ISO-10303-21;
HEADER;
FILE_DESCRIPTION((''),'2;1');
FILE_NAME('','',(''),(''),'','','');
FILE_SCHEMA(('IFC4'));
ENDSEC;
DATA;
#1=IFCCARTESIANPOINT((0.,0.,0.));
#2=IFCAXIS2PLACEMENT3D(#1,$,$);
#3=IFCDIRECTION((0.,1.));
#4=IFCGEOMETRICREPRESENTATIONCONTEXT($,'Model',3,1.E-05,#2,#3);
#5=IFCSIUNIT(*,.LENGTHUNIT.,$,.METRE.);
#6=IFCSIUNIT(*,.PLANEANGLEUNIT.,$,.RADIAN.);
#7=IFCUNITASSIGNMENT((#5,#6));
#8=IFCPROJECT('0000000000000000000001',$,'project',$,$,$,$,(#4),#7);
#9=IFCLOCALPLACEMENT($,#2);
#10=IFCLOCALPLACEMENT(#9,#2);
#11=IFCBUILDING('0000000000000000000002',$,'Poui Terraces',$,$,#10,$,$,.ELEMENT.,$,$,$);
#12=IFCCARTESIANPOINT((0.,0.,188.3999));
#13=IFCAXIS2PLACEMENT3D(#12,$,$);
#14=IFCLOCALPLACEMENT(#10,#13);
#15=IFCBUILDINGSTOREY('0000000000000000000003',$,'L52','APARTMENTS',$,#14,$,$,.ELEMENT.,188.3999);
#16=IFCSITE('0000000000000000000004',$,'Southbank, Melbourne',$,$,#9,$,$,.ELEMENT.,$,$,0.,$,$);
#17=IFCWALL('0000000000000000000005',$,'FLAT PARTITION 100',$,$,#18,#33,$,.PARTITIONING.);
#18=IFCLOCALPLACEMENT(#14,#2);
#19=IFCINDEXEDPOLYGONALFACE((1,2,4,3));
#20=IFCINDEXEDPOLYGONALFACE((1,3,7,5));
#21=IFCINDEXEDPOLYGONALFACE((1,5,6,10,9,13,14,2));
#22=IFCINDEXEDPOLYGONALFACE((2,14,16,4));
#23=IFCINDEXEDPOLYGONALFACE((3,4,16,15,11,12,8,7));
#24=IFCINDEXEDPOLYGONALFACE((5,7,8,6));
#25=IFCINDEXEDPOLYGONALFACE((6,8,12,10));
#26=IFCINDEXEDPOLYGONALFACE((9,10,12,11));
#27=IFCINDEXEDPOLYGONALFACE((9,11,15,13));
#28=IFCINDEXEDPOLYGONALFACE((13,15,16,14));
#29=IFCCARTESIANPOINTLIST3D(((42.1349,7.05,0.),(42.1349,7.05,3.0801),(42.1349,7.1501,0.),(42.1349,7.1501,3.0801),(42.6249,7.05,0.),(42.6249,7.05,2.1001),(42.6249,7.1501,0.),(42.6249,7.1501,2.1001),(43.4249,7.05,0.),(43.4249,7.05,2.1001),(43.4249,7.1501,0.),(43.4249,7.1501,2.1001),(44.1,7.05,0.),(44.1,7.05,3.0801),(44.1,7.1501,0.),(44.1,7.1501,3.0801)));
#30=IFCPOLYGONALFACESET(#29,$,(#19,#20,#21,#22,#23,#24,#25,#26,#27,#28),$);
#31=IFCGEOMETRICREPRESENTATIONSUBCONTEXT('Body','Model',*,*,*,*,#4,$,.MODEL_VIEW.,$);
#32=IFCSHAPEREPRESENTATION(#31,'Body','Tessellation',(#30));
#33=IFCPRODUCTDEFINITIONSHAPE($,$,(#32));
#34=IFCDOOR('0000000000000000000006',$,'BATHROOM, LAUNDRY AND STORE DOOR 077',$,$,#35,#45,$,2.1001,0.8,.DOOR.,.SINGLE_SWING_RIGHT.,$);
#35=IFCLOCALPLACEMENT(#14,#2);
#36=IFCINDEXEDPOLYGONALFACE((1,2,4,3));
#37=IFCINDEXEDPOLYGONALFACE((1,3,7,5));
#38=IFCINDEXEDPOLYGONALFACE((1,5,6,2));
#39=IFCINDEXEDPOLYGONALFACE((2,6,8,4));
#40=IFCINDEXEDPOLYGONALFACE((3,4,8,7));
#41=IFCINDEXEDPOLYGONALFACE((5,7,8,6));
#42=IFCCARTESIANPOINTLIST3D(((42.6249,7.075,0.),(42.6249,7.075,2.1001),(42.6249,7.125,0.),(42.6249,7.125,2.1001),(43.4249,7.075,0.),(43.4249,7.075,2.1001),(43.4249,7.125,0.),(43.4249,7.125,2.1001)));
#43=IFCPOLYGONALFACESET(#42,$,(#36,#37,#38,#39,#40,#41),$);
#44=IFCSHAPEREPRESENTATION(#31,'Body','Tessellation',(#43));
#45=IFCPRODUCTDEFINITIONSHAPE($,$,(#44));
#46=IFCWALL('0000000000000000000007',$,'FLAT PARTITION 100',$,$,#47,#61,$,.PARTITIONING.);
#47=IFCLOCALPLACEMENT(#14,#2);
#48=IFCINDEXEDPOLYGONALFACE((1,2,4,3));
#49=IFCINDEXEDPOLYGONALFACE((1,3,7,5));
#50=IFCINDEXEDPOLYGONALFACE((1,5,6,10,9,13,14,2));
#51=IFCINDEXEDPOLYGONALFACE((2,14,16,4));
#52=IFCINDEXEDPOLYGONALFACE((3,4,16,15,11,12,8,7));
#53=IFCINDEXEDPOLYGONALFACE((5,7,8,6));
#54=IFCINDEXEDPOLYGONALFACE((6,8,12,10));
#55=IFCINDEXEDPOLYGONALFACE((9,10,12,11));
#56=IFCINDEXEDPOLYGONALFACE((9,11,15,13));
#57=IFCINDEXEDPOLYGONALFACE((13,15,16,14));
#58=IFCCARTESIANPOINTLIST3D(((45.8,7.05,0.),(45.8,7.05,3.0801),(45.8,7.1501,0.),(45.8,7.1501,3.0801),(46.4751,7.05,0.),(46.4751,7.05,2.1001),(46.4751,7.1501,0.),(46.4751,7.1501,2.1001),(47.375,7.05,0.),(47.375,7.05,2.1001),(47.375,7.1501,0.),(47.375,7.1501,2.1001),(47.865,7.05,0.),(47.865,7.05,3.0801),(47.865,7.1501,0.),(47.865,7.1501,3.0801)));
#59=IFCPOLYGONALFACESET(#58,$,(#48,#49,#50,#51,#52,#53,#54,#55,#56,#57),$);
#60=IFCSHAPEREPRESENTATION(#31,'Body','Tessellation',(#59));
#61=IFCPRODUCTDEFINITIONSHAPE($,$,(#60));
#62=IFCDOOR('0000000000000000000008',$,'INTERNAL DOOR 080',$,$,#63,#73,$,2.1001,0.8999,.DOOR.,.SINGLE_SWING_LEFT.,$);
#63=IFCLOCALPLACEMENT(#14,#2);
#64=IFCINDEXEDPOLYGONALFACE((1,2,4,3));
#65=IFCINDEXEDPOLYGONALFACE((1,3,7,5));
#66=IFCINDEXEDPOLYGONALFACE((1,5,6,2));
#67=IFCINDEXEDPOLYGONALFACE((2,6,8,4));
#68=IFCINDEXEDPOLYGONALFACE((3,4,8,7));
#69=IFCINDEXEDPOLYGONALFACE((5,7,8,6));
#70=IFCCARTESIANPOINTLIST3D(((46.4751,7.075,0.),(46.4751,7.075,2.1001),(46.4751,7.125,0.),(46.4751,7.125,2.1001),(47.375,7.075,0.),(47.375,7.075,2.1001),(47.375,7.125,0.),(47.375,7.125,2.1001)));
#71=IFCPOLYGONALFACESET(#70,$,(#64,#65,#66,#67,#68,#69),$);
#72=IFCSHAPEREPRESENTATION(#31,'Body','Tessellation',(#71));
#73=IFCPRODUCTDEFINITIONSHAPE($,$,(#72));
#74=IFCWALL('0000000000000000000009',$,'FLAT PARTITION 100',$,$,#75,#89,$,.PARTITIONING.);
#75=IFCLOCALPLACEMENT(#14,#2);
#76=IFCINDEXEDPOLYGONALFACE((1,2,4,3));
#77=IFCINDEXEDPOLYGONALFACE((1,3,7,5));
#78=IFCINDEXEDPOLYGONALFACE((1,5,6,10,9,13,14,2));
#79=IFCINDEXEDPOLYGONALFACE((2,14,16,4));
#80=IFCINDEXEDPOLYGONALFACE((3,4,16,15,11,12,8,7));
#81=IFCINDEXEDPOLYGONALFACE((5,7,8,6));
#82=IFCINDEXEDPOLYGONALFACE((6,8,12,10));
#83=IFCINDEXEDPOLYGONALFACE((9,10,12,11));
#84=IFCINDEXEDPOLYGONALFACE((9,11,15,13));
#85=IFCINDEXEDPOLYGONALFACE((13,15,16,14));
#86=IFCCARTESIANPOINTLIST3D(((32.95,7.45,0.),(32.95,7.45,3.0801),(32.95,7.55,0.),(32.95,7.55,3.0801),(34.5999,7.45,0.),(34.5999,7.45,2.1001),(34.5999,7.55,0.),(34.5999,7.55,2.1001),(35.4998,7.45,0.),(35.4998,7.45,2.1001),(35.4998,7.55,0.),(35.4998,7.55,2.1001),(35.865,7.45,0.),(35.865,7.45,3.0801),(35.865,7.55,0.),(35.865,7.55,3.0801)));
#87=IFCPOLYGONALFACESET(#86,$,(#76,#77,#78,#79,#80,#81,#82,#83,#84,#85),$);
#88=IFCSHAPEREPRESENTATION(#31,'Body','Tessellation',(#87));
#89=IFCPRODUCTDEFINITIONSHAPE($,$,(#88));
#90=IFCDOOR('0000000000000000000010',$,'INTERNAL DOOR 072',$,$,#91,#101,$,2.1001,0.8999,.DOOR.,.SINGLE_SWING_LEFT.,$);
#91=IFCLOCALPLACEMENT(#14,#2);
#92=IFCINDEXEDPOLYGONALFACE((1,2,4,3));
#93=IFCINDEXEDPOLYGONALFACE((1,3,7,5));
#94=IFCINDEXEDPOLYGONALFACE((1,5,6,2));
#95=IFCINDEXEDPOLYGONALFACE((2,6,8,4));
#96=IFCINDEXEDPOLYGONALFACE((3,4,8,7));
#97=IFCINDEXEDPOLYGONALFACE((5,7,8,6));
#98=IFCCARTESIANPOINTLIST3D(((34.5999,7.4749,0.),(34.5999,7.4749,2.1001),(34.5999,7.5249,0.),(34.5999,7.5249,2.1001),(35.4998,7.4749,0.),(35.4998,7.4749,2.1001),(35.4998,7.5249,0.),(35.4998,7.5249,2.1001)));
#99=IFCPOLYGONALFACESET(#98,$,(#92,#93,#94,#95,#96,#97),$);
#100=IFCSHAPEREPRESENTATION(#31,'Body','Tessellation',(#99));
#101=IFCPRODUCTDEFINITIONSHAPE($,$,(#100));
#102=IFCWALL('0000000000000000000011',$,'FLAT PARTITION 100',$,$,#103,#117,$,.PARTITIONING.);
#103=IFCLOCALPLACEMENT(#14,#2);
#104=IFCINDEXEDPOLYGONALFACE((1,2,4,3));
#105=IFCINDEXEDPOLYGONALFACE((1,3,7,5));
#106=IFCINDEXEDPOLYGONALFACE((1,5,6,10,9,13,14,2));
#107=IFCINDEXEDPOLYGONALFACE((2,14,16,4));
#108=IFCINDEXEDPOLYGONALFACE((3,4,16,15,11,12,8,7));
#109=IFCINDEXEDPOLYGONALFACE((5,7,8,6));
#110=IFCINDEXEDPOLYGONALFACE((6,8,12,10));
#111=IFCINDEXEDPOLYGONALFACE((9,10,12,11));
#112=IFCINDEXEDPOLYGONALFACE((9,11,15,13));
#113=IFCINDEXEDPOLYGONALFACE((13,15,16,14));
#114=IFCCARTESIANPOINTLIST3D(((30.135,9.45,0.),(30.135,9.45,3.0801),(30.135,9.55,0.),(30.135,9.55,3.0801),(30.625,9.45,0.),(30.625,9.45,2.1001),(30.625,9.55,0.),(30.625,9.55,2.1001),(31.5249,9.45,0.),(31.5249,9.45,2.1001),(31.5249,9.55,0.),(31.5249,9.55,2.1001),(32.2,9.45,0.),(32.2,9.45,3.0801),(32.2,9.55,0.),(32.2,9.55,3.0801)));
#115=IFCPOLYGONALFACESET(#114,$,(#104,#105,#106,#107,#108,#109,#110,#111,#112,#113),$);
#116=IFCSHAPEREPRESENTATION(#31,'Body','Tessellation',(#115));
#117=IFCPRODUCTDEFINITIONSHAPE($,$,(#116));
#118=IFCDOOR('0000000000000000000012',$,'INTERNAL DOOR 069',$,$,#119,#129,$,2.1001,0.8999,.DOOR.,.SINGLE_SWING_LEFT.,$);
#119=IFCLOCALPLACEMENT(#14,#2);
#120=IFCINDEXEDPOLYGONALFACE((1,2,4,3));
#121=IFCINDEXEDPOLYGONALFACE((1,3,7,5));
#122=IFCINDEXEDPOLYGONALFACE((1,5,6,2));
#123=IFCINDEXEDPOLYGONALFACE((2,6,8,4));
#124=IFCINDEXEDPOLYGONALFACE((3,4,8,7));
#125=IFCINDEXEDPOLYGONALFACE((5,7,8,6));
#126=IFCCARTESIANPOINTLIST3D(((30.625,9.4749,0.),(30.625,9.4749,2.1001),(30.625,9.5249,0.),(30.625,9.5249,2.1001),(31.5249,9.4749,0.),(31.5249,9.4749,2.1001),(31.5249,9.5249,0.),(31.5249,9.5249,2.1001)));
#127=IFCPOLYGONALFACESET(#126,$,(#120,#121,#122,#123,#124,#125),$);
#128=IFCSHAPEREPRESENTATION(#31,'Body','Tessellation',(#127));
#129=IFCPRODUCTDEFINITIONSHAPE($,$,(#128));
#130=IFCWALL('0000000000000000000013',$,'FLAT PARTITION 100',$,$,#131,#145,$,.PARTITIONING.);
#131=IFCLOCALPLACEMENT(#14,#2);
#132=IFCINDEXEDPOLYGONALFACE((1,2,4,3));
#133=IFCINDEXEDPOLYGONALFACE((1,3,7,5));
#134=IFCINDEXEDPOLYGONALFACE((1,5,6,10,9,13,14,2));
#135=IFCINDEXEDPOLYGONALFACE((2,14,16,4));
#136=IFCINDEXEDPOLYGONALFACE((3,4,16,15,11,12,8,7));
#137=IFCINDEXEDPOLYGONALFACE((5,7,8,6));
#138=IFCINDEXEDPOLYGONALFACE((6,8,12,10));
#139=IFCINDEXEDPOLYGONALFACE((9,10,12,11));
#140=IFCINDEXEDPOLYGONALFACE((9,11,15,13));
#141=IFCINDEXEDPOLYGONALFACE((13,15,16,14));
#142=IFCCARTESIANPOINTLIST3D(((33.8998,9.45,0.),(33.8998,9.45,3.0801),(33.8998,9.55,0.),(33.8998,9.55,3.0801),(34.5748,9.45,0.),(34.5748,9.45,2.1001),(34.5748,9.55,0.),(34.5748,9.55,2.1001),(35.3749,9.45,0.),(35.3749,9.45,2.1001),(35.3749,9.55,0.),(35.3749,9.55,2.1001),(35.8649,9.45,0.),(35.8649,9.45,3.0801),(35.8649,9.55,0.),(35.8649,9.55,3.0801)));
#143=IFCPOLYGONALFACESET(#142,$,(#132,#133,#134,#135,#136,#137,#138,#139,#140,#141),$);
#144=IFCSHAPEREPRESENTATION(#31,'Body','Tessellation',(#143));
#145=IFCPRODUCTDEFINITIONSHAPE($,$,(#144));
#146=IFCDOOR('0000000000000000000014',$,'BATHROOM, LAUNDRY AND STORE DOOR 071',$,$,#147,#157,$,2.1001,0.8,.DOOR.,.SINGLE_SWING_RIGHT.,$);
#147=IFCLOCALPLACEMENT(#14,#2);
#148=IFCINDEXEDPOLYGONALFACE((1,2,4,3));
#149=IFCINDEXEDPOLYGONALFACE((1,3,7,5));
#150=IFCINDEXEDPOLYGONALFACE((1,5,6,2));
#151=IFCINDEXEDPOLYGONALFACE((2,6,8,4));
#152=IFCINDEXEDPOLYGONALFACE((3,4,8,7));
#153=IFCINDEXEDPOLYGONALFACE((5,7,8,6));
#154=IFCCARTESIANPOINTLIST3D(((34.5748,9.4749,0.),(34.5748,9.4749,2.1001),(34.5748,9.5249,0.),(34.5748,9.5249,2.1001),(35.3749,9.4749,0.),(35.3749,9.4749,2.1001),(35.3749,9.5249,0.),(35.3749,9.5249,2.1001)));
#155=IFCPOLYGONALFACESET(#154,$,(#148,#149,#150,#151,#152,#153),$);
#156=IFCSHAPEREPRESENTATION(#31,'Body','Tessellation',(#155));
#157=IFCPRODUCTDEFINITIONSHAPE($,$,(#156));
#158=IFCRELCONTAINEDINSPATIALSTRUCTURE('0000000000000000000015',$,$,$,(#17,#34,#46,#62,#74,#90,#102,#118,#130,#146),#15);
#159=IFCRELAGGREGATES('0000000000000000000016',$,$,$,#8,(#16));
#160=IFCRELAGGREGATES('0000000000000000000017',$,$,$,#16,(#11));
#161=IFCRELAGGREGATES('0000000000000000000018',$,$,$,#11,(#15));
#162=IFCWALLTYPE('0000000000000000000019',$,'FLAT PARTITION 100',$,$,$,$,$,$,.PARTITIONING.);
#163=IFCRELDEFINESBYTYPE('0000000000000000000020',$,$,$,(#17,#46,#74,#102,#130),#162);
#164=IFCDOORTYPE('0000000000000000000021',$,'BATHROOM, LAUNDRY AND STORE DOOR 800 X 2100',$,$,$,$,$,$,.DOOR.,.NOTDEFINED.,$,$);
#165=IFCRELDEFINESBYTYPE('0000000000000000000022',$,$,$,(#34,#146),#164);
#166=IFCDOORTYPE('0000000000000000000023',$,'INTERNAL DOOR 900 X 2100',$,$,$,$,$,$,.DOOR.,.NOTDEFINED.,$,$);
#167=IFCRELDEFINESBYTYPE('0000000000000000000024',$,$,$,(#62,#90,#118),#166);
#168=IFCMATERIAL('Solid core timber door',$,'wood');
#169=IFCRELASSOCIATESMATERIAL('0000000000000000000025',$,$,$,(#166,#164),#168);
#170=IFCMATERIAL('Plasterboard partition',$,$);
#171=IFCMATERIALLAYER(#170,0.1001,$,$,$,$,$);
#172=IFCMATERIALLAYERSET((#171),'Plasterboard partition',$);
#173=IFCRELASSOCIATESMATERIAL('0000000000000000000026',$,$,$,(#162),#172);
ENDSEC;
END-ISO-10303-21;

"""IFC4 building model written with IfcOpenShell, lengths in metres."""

from ifc_helpers import new_model, si_unit, direction, frame, frame_2d, origin, place, context, subcontext, project, spatial, rectangle, extrude, material, layer, layer_set, type_object, element, fill, save


model = new_model("IFC4")

# Units and contexts
model_context = context("Model", 3, precision=1e-05, world=origin(), true_north=direction((0.0, 1.0)))
body_context = subcontext(model_context, "Body", "Model", "MODEL_VIEW")
ifc_project = project(units=[si_unit("LENGTHUNIT", "METRE"), si_unit("PLANEANGLEUNIT", "RADIAN")], contexts=[model_context])

# Site, building, storey
site_placement = place(None, origin())
site = spatial("IfcSite", under=ifc_project, at=site_placement, Name="Southbank, Melbourne", CompositionType="ELEMENT", RefElevation=0.0)
building_placement = place(site_placement, origin())
building = spatial("IfcBuilding", under=site, at=building_placement, Name="Poui Terraces", CompositionType="ELEMENT")
storey_placement = place(building_placement, frame((0.0, 0.0, 188.3999)))
storey = spatial("IfcBuildingStorey", under=building, at=storey_placement, Name="L52", Description="APARTMENTS", CompositionType="ELEMENT", Elevation=188.3999)

# Walls, openings, doors
ifc_material_1 = material(Name="Solid core timber door", Category="wood")
door_type_1 = type_object("IfcDoorType", Name="INTERNAL DOOR 900 X 2100", OperationType="NOTDEFINED", PredefinedType="DOOR", material=ifc_material_1)
ifc_material_2 = material(Name="Plasterboard partition")
ifc_layer_1 = layer(ifc_material_2, 0.1001)
ifc_layer_set_1 = layer_set([ifc_layer_1], Name="Plasterboard partition")
wall_type_1 = type_object("IfcWallType", Name="FLAT PARTITION 100", PredefinedType="PARTITIONING", material=ifc_layer_set_1)
door_type_2 = type_object("IfcDoorType", Name="BATHROOM, LAUNDRY AND STORE DOOR 800 X 2100", OperationType="NOTDEFINED", PredefinedType="DOOR", material=ifc_material_1)
wall_1_placement = place(storey_placement, frame((42.135, 7.1001, 0.0), z_axis=(0.0, 0.0, 1.0), x_axis=(1.0, 0.0, 0.0)))
wall_1 = element("IfcWall", 1, at=wall_1_placement, inside=storey, type_object=wall_type_1, Name="FLAT PARTITION 100", PredefinedType="PARTITIONING", context=body_context, shape_type="SweptSolid", body=[
    extrude(rectangle(XDim=1.9651, YDim=0.1001, at=frame_2d((0.9824, 0.0))), origin(), (0.0, 0.0, 1.0), 3.0801),
])
opening_1_placement = place(wall_1_placement, frame((0.49, 0.0, 0.0)))
opening_1 = element("IfcOpeningElement", 2, at=opening_1_placement, cuts=wall_1, PredefinedType="OPENING", context=body_context, shape_type="SweptSolid", body=[
    extrude(rectangle(XDim=0.8, YDim=2.1001, at=frame_2d((0.3999, 1.05))), frame((0.0, 0.0601, 0.0), z_axis=(0.0, -1.0, 0.0), x_axis=(1.0, 0.0, 0.0)), (0.0, 0.0, 1.0), 0.1201),
])
door_1_placement = place(opening_1_placement, origin())
door_1 = element("IfcDoor", 3, at=door_1_placement, inside=storey, type_object=door_type_2, Name="BATHROOM, LAUNDRY AND STORE DOOR 077", OperationType="SINGLE_SWING_RIGHT", OverallHeight=2.1001, OverallWidth=0.8, PredefinedType="DOOR", context=body_context, shape_type="SweptSolid", body=[
    extrude(rectangle(XDim=0.8, YDim=2.1001, at=frame_2d((0.3999, 1.05))), frame((0.0, 0.0249, 0.0), z_axis=(0.0, -1.0, 0.0), x_axis=(1.0, 0.0, 0.0)), (0.0, 0.0, 1.0), 0.05),
])
fill(opening_1, door_1)
wall_2_placement = place(storey_placement, frame((45.8, 7.1001, 0.0), z_axis=(0.0, 0.0, 1.0), x_axis=(1.0, 0.0, 0.0)))
wall_2 = element("IfcWall", 4, at=wall_2_placement, inside=storey, type_object=wall_type_1, Name="FLAT PARTITION 100", PredefinedType="PARTITIONING", context=body_context, shape_type="SweptSolid", body=[
    extrude(rectangle(XDim=2.0649, YDim=0.1001, at=frame_2d((1.0325, 0.0))), origin(), (0.0, 0.0, 1.0), 3.0801),
])
opening_2_placement = place(wall_2_placement, frame((0.675, 0.0, 0.0)))
opening_2 = element("IfcOpeningElement", 5, at=opening_2_placement, cuts=wall_2, PredefinedType="OPENING", context=body_context, shape_type="SweptSolid", body=[
    extrude(rectangle(XDim=0.8999, YDim=2.1001, at=frame_2d((0.45, 1.05))), frame((0.0, 0.0601, 0.0), z_axis=(0.0, -1.0, 0.0), x_axis=(1.0, 0.0, 0.0)), (0.0, 0.0, 1.0), 0.1201),
])
door_2_placement = place(opening_2_placement, origin())
door_2 = element("IfcDoor", 6, at=door_2_placement, inside=storey, type_object=door_type_1, Name="INTERNAL DOOR 080", OperationType="SINGLE_SWING_LEFT", OverallHeight=2.1001, OverallWidth=0.8999, PredefinedType="DOOR", context=body_context, shape_type="SweptSolid", body=[
    extrude(rectangle(XDim=0.8999, YDim=2.1001, at=frame_2d((0.45, 1.05))), frame((0.0, 0.0249, 0.0), z_axis=(0.0, -1.0, 0.0), x_axis=(1.0, 0.0, 0.0)), (0.0, 0.0, 1.0), 0.05),
])
fill(opening_2, door_2)
wall_3_placement = place(storey_placement, frame((32.95, 7.5, 0.0), z_axis=(0.0, 0.0, 1.0), x_axis=(1.0, 0.0, 0.0)))
wall_3 = element("IfcWall", 7, at=wall_3_placement, inside=storey, type_object=wall_type_1, Name="FLAT PARTITION 100", PredefinedType="PARTITIONING", context=body_context, shape_type="SweptSolid", body=[
    extrude(rectangle(XDim=2.915, YDim=0.1001, at=frame_2d((1.4575, 0.0))), origin(), (0.0, 0.0, 1.0), 3.0801),
])
opening_3_placement = place(wall_3_placement, frame((1.6499, 0.0, 0.0)))
opening_3 = element("IfcOpeningElement", 8, at=opening_3_placement, cuts=wall_3, PredefinedType="OPENING", context=body_context, shape_type="SweptSolid", body=[
    extrude(rectangle(XDim=0.8999, YDim=2.1001, at=frame_2d((0.45, 1.05))), frame((0.0, 0.0601, 0.0), z_axis=(0.0, -1.0, 0.0), x_axis=(1.0, 0.0, 0.0)), (0.0, 0.0, 1.0), 0.1201),
])
door_3_placement = place(opening_3_placement, origin())
door_3 = element("IfcDoor", 9, at=door_3_placement, inside=storey, type_object=door_type_1, Name="INTERNAL DOOR 072", OperationType="SINGLE_SWING_LEFT", OverallHeight=2.1001, OverallWidth=0.8999, PredefinedType="DOOR", context=body_context, shape_type="SweptSolid", body=[
    extrude(rectangle(XDim=0.8999, YDim=2.1001, at=frame_2d((0.45, 1.05))), frame((0.0, 0.0249, 0.0), z_axis=(0.0, -1.0, 0.0), x_axis=(1.0, 0.0, 0.0)), (0.0, 0.0, 1.0), 0.05),
])
fill(opening_3, door_3)
wall_4_placement = place(storey_placement, frame((30.135, 9.5, 0.0), z_axis=(0.0, 0.0, 1.0), x_axis=(1.0, 0.0, 0.0)))
wall_4 = element("IfcWall", 10, at=wall_4_placement, inside=storey, type_object=wall_type_1, Name="FLAT PARTITION 100", PredefinedType="PARTITIONING", context=body_context, shape_type="SweptSolid", body=[
    extrude(rectangle(XDim=2.0649, YDim=0.1001, at=frame_2d((1.0325, 0.0))), origin(), (0.0, 0.0, 1.0), 3.0801),
])
opening_4_placement = place(wall_4_placement, frame((0.49, 0.0, 0.0)))
opening_4 = element("IfcOpeningElement", 11, at=opening_4_placement, cuts=wall_4, PredefinedType="OPENING", context=body_context, shape_type="SweptSolid", body=[
    extrude(rectangle(XDim=0.8999, YDim=2.1001, at=frame_2d((0.45, 1.05))), frame((0.0, 0.0601, 0.0), z_axis=(0.0, -1.0, 0.0), x_axis=(1.0, 0.0, 0.0)), (0.0, 0.0, 1.0), 0.1201),
])
door_4_placement = place(opening_4_placement, origin())
door_4 = element("IfcDoor", 12, at=door_4_placement, inside=storey, type_object=door_type_1, Name="INTERNAL DOOR 069", OperationType="SINGLE_SWING_LEFT", OverallHeight=2.1001, OverallWidth=0.8999, PredefinedType="DOOR", context=body_context, shape_type="SweptSolid", body=[
    extrude(rectangle(XDim=0.8999, YDim=2.1001, at=frame_2d((0.45, 1.05))), frame((0.0, 0.0249, 0.0), z_axis=(0.0, -1.0, 0.0), x_axis=(1.0, 0.0, 0.0)), (0.0, 0.0, 1.0), 0.05),
])
fill(opening_4, door_4)
wall_5_placement = place(storey_placement, frame((33.8999, 9.5, 0.0), z_axis=(0.0, 0.0, 1.0), x_axis=(1.0, 0.0, 0.0)))
wall_5 = element("IfcWall", 13, at=wall_5_placement, inside=storey, type_object=wall_type_1, Name="FLAT PARTITION 100", PredefinedType="PARTITIONING", context=body_context, shape_type="SweptSolid", body=[
    extrude(rectangle(XDim=1.9651, YDim=0.1001, at=frame_2d((0.9824, 0.0))), origin(), (0.0, 0.0, 1.0), 3.0801),
])
opening_5_placement = place(wall_5_placement, frame((0.675, 0.0, 0.0)))
opening_5 = element("IfcOpeningElement", 14, at=opening_5_placement, cuts=wall_5, PredefinedType="OPENING", context=body_context, shape_type="SweptSolid", body=[
    extrude(rectangle(XDim=0.8, YDim=2.1001, at=frame_2d((0.3999, 1.05))), frame((0.0, 0.0601, 0.0), z_axis=(0.0, -1.0, 0.0), x_axis=(1.0, 0.0, 0.0)), (0.0, 0.0, 1.0), 0.1201),
])
door_5_placement = place(opening_5_placement, origin())
door_5 = element("IfcDoor", 15, at=door_5_placement, inside=storey, type_object=door_type_2, Name="BATHROOM, LAUNDRY AND STORE DOOR 071", OperationType="SINGLE_SWING_RIGHT", OverallHeight=2.1001, OverallWidth=0.8, PredefinedType="DOOR", context=body_context, shape_type="SweptSolid", body=[
    extrude(rectangle(XDim=0.8, YDim=2.1001, at=frame_2d((0.3999, 1.05))), frame((0.0, 0.0249, 0.0), z_axis=(0.0, -1.0, 0.0), x_axis=(1.0, 0.0, 0.0)), (0.0, 0.0, 1.0), 0.05),
])
fill(opening_5, door_5)

save(model, "model.ifc")
